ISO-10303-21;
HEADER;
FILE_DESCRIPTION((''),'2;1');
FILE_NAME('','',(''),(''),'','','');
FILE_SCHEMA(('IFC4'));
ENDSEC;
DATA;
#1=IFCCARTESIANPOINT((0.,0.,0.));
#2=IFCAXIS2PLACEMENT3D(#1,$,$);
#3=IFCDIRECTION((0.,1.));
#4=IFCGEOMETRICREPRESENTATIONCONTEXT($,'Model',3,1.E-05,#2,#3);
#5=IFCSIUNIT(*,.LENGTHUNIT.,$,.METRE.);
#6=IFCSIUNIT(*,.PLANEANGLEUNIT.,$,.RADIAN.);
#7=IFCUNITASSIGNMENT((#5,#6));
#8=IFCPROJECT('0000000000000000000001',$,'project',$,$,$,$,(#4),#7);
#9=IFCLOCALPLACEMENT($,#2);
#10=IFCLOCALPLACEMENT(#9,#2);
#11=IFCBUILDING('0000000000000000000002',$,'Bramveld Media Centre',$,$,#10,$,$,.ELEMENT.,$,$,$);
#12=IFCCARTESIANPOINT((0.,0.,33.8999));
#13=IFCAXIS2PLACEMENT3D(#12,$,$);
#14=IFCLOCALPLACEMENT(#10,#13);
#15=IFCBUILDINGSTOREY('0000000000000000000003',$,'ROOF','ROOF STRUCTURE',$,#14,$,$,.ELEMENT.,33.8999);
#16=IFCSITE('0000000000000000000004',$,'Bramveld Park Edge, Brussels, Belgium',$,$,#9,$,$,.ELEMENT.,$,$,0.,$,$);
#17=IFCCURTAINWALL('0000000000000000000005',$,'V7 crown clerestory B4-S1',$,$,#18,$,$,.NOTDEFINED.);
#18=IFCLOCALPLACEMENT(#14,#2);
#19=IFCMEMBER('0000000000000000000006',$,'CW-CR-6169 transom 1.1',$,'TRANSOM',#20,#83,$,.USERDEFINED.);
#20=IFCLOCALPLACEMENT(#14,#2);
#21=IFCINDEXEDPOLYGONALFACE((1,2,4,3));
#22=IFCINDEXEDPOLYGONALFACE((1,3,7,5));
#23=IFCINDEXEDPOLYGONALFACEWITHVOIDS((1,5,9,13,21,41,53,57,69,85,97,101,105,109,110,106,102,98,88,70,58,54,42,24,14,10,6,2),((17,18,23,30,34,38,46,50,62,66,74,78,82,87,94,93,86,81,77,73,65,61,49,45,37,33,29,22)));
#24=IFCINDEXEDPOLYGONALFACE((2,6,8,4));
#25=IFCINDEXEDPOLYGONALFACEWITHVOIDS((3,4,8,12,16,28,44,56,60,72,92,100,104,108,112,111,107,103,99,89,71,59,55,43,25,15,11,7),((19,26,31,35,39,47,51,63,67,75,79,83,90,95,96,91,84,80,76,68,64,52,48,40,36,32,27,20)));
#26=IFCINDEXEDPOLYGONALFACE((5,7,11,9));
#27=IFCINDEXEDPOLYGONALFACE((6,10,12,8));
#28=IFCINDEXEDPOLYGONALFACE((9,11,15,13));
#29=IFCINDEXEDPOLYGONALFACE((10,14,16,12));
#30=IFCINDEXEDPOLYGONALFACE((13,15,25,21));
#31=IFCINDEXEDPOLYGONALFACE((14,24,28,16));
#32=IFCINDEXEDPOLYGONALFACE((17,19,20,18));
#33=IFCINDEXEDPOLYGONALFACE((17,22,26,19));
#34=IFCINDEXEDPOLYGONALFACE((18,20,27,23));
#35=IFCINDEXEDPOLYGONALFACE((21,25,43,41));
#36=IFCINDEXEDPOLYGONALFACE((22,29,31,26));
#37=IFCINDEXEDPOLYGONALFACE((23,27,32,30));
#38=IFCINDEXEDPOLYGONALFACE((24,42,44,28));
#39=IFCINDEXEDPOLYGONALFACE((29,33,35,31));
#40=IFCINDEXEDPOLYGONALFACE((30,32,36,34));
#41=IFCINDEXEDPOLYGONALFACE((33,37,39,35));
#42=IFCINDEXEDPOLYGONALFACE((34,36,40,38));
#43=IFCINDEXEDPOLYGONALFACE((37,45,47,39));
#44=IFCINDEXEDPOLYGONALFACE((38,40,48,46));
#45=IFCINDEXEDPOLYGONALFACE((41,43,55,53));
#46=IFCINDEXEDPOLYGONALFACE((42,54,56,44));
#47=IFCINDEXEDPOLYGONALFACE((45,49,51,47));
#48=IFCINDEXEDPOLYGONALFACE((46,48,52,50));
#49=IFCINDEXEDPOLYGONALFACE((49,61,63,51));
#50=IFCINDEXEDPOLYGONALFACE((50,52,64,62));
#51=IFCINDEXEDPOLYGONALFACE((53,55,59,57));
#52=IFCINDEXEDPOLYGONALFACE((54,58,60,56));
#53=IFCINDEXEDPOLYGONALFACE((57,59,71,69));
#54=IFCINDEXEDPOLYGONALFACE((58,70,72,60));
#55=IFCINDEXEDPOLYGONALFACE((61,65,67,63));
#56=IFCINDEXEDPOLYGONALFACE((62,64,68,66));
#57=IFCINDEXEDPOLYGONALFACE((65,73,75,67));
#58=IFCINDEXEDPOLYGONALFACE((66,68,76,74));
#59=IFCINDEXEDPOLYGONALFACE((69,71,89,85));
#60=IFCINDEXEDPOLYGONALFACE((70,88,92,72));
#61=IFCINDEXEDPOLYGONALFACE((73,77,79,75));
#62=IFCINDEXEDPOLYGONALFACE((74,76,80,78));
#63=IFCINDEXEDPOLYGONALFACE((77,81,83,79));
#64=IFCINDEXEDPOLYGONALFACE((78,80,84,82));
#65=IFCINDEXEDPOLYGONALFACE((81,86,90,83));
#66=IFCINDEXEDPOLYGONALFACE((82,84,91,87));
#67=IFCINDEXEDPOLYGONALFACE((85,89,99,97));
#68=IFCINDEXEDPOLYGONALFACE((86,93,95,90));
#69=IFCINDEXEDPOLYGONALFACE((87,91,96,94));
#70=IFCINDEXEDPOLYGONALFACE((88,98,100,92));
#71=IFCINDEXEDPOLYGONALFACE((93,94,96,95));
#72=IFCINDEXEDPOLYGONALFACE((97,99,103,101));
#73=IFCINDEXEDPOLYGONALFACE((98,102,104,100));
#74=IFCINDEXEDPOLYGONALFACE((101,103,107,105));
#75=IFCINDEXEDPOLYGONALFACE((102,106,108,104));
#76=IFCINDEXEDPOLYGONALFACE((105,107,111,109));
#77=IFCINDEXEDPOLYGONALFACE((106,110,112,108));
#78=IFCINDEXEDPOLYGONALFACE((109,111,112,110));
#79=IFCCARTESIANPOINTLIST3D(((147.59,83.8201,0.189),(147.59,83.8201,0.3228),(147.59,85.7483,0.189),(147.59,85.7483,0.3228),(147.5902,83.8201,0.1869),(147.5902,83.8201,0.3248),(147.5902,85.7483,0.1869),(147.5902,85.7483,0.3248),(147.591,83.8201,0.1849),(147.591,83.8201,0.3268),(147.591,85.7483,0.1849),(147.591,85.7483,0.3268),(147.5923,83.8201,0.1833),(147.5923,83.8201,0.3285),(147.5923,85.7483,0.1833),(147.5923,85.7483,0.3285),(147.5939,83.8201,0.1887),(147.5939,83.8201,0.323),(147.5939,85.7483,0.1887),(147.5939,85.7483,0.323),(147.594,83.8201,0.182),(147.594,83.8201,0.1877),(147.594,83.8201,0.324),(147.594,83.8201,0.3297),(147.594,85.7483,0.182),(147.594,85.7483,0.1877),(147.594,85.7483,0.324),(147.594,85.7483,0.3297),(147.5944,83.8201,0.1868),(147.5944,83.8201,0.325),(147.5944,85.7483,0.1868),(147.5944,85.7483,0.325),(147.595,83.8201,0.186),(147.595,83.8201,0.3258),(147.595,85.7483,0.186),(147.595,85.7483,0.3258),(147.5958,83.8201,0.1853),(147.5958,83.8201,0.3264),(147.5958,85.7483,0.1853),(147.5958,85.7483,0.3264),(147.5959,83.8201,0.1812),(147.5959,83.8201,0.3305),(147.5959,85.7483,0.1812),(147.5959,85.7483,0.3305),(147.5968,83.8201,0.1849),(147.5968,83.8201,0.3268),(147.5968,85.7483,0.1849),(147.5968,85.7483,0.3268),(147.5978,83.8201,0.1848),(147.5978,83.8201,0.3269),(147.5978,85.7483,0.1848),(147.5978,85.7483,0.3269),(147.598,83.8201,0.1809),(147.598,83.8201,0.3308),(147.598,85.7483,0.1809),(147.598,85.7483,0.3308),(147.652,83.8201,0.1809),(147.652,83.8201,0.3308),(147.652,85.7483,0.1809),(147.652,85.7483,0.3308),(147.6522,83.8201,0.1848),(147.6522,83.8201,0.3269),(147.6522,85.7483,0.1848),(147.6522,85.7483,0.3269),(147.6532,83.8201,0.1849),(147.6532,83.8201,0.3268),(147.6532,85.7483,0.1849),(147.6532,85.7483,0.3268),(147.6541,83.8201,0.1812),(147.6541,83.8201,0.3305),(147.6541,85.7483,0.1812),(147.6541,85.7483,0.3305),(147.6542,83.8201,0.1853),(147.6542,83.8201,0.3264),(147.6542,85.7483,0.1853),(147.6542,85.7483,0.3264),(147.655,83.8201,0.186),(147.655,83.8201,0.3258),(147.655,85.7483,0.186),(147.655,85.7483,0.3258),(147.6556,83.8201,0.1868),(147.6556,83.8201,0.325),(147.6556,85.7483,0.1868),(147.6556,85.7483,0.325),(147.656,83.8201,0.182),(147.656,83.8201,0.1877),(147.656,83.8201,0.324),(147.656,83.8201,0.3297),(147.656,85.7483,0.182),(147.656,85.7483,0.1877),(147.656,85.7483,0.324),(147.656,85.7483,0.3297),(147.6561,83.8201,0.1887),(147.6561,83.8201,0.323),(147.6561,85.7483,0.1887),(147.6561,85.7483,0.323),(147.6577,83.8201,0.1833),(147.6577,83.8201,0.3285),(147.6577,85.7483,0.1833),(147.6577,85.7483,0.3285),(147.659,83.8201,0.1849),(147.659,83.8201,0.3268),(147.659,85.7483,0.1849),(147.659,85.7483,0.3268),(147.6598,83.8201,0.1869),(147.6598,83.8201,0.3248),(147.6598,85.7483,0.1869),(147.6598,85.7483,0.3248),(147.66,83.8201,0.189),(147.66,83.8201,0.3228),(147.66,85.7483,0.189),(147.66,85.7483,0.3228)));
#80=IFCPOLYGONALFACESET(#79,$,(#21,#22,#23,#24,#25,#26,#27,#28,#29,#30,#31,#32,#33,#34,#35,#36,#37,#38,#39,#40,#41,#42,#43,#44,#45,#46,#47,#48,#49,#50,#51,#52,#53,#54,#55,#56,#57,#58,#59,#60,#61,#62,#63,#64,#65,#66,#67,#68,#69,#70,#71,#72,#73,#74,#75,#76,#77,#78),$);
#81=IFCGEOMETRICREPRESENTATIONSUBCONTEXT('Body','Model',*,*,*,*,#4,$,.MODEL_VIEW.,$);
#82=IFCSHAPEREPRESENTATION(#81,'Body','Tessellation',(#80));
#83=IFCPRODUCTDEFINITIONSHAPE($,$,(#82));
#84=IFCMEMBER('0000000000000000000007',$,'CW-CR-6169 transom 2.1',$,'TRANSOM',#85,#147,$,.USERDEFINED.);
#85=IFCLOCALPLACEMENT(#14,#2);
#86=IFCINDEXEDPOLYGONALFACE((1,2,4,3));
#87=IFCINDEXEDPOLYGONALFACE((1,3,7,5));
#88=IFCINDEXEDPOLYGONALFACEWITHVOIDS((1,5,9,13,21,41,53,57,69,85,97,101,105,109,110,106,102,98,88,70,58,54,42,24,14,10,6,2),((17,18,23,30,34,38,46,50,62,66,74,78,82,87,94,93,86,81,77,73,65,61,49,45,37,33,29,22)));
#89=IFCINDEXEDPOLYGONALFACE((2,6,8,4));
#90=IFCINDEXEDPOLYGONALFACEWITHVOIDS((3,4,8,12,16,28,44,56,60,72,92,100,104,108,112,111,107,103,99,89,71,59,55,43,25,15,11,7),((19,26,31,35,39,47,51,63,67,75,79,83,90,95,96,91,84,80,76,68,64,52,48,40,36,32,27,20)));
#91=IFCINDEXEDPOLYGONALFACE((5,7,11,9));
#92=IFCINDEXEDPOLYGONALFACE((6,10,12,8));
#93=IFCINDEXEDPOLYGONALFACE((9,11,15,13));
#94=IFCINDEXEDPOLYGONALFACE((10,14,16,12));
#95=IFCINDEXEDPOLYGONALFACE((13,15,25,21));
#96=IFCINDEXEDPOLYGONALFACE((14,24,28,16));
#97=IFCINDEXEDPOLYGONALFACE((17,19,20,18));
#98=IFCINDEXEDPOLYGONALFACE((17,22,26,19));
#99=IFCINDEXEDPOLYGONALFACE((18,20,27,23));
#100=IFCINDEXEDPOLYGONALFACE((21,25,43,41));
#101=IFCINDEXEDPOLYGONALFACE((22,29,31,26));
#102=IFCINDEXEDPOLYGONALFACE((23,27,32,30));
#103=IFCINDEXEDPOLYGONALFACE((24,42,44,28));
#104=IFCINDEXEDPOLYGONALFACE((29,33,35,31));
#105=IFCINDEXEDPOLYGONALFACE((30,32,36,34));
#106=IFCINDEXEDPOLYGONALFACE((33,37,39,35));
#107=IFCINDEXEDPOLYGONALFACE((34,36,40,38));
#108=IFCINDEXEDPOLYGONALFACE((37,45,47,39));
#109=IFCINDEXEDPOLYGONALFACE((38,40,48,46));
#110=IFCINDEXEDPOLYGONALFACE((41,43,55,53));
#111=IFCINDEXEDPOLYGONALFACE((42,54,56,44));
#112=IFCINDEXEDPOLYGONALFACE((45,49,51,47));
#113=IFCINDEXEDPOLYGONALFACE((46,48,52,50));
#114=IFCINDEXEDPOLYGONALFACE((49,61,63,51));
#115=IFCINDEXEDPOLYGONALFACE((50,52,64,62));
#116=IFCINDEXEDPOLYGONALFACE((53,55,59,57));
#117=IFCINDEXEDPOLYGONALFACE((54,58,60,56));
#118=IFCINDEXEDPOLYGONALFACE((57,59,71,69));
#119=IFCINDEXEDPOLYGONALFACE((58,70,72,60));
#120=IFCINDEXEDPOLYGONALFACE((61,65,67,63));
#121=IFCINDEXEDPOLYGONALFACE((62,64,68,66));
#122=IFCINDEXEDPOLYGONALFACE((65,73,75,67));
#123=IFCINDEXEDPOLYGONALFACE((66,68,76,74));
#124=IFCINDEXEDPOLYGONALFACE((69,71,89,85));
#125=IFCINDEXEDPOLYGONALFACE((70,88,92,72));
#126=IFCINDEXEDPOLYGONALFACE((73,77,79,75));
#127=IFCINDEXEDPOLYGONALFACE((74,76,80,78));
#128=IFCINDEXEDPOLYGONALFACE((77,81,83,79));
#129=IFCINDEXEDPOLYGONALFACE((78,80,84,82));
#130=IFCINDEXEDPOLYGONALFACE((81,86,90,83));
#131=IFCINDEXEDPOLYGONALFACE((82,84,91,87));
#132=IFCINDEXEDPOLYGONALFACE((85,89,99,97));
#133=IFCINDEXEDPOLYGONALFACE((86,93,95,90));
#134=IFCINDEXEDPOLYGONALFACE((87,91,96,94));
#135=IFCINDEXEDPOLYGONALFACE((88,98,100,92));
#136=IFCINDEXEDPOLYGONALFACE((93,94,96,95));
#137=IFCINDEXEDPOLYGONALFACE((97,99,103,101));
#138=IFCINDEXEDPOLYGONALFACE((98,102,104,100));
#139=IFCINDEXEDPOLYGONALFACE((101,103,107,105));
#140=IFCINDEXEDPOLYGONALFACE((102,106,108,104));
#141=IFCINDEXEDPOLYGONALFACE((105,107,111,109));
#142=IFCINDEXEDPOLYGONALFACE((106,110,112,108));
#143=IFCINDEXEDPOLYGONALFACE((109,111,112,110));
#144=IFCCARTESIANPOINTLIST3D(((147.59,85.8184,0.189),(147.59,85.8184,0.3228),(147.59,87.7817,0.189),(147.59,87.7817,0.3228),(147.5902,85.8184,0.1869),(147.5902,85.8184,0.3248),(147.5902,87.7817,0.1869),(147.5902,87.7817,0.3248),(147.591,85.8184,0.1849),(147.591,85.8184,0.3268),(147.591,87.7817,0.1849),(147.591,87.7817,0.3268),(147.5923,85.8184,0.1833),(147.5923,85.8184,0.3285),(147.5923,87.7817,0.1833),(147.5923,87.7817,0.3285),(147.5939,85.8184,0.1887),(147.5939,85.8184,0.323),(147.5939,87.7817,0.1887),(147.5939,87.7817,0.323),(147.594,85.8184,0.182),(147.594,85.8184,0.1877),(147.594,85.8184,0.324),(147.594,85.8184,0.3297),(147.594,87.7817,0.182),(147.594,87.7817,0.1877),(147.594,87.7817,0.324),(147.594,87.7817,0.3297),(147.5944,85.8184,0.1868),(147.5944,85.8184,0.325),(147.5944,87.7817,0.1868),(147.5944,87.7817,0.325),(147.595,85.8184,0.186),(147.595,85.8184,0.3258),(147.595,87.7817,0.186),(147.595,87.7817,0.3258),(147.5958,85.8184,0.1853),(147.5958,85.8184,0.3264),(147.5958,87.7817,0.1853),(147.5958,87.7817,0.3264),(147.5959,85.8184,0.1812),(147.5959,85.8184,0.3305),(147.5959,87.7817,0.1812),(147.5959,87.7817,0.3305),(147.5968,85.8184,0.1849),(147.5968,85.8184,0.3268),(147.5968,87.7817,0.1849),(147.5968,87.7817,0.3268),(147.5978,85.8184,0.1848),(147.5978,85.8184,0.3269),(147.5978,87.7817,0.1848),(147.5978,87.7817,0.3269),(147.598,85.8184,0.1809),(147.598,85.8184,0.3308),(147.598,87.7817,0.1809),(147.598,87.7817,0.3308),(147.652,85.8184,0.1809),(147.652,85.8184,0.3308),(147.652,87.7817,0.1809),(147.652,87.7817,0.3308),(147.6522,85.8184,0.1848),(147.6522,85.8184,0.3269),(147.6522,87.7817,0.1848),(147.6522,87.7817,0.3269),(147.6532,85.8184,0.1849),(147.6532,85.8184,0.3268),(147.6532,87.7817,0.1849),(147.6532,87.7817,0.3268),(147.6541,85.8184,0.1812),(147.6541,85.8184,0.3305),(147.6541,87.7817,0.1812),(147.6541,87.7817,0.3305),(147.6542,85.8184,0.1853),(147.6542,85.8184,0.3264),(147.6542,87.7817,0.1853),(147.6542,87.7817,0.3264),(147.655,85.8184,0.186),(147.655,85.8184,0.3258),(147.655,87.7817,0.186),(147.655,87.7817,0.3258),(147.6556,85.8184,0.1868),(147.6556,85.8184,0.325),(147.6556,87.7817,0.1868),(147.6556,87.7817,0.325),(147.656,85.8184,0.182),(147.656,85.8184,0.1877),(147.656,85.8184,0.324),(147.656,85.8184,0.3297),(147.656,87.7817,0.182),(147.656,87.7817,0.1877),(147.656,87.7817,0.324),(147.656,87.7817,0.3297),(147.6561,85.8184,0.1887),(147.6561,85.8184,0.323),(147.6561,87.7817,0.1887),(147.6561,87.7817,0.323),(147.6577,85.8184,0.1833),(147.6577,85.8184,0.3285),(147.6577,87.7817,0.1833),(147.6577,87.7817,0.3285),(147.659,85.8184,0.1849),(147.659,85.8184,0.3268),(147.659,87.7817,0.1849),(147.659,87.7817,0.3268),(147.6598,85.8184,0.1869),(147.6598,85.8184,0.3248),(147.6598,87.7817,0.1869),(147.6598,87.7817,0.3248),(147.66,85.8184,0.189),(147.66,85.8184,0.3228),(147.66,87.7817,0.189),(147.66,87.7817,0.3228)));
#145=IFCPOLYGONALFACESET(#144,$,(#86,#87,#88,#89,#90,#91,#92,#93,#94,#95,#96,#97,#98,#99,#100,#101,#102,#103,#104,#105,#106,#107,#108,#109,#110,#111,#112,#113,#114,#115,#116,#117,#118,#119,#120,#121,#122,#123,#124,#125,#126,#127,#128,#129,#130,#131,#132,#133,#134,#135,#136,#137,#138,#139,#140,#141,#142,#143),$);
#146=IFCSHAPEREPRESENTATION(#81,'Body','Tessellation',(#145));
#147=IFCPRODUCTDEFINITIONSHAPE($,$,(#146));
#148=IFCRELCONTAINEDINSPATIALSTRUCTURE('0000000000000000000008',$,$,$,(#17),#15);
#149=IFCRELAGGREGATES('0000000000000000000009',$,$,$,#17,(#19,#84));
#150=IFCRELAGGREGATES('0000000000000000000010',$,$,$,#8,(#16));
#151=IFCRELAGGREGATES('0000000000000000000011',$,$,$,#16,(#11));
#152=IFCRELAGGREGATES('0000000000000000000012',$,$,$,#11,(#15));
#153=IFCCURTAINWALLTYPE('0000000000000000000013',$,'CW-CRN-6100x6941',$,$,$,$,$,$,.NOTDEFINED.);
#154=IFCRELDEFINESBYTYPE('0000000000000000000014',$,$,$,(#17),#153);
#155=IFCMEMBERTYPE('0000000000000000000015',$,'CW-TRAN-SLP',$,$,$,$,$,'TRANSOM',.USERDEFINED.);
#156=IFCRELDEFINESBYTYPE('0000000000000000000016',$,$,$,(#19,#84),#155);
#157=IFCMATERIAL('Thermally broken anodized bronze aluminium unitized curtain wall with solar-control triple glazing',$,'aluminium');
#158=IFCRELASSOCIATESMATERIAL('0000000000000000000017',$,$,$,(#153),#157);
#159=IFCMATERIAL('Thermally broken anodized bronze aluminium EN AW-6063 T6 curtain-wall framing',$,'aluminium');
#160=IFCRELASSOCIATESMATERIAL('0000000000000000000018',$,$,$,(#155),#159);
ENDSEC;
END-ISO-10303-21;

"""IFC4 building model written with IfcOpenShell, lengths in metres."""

from ifc_helpers import new_model, si_unit, direction, frame, origin, origin_2d, place, context, subcontext, project, spatial, hollow_rectangle, extrude, material, material_profile, profile_set, type_object, element, aggregate, save


model = new_model("IFC4")

# Units and contexts
model_context = context("Model", 3, precision=1e-05, world=origin(), true_north=direction((0.0, 1.0)))
body_context = subcontext(model_context, "Body", "Model", "MODEL_VIEW")
ifc_project = project(units=[si_unit("LENGTHUNIT", "METRE"), si_unit("PLANEANGLEUNIT", "RADIAN")], contexts=[model_context])

# Site, building, storey
site_placement = place(None, origin())
site = spatial("IfcSite", under=ifc_project, at=site_placement, Name="Bramveld Park Edge, Brussels, Belgium", CompositionType="ELEMENT", RefElevation=0.0)
building_placement = place(site_placement, origin())
building = spatial("IfcBuilding", under=site, at=building_placement, Name="Bramveld Media Centre", CompositionType="ELEMENT")
storey_placement = place(building_placement, frame((0.0, 0.0, 33.8999)))
storey = spatial("IfcBuildingStorey", under=building, at=storey_placement, Name="ROOF", Description="ROOF STRUCTURE", CompositionType="ELEMENT", Elevation=33.8999)

# Curtain wall
ifc_material_1 = material(Name="Thermally broken anodized bronze aluminium unitized curtain wall with solar-control triple glazing", Category="aluminium")
curtain_wall_type = type_object("IfcCurtainWallType", Name="CW-CRN-6100x6941", PredefinedType="NOTDEFINED", material=ifc_material_1)
curtain_wall_1_placement = place(storey_placement, origin())
curtain_wall_1 = element("IfcCurtainWall", 1, at=curtain_wall_1_placement, inside=storey, type_object=curtain_wall_type, Name="V7 crown clerestory B4-S1", PredefinedType="NOTDEFINED")

# Members
ifc_material_2 = material(Name="Thermally broken anodized bronze aluminium EN AW-6063 T6 curtain-wall framing", Category="aluminium")
ifc_material_profile_1 = material_profile(ifc_material_2, hollow_rectangle(XDim=0.0701, YDim=0.1499, WallThickness=0.0039, InnerFilletRadius=0.0039, OuterFilletRadius=0.0081, at=origin_2d()), Name="AL-TRAN 70x150")
ifc_profile_set_1 = profile_set([ifc_material_profile_1], Name="Thermally broken anodized bronze aluminium EN AW-6063 T6 curtain-wall framing")
member_type_1 = type_object("IfcMemberType", Name="CW-TRAN-SLP", ElementType="TRANSOM", PredefinedType="USERDEFINED", material=ifc_profile_set_1)
member_1_placement = place(storey_placement, frame((147.625, 83.8201, 0.2559), z_axis=(0.0, 1.0, 0.0), x_axis=(-1.0, 0.0, 0.0)))
member_1 = element("IfcMember", 2, at=member_1_placement, type_object=member_type_1, Name="CW-CR-6169 transom 1.1", ObjectType="TRANSOM", PredefinedType="USERDEFINED", context=body_context, shape_type="SweptSolid", body=[
    extrude(hollow_rectangle(XDim=0.0701, YDim=0.1499, WallThickness=0.0039, InnerFilletRadius=0.0039, OuterFilletRadius=0.0081, at=origin_2d()), origin(), (0.0, 0.0, 1.0), 1.9282),
])
member_2_placement = place(storey_placement, frame((147.625, 85.8184, 0.2559), z_axis=(0.0, 1.0, 0.0), x_axis=(-1.0, 0.0, 0.0)))
member_2 = element("IfcMember", 3, at=member_2_placement, type_object=member_type_1, Name="CW-CR-6169 transom 2.1", ObjectType="TRANSOM", PredefinedType="USERDEFINED", context=body_context, shape_type="SweptSolid", body=[
    extrude(hollow_rectangle(XDim=0.0701, YDim=0.1499, WallThickness=0.0039, InnerFilletRadius=0.0039, OuterFilletRadius=0.0081, at=origin_2d()), origin(), (0.0, 0.0, 1.0), 1.9634),
])

aggregate(curtain_wall_1, [member_1, member_2])

save(model, "model.ifc")
